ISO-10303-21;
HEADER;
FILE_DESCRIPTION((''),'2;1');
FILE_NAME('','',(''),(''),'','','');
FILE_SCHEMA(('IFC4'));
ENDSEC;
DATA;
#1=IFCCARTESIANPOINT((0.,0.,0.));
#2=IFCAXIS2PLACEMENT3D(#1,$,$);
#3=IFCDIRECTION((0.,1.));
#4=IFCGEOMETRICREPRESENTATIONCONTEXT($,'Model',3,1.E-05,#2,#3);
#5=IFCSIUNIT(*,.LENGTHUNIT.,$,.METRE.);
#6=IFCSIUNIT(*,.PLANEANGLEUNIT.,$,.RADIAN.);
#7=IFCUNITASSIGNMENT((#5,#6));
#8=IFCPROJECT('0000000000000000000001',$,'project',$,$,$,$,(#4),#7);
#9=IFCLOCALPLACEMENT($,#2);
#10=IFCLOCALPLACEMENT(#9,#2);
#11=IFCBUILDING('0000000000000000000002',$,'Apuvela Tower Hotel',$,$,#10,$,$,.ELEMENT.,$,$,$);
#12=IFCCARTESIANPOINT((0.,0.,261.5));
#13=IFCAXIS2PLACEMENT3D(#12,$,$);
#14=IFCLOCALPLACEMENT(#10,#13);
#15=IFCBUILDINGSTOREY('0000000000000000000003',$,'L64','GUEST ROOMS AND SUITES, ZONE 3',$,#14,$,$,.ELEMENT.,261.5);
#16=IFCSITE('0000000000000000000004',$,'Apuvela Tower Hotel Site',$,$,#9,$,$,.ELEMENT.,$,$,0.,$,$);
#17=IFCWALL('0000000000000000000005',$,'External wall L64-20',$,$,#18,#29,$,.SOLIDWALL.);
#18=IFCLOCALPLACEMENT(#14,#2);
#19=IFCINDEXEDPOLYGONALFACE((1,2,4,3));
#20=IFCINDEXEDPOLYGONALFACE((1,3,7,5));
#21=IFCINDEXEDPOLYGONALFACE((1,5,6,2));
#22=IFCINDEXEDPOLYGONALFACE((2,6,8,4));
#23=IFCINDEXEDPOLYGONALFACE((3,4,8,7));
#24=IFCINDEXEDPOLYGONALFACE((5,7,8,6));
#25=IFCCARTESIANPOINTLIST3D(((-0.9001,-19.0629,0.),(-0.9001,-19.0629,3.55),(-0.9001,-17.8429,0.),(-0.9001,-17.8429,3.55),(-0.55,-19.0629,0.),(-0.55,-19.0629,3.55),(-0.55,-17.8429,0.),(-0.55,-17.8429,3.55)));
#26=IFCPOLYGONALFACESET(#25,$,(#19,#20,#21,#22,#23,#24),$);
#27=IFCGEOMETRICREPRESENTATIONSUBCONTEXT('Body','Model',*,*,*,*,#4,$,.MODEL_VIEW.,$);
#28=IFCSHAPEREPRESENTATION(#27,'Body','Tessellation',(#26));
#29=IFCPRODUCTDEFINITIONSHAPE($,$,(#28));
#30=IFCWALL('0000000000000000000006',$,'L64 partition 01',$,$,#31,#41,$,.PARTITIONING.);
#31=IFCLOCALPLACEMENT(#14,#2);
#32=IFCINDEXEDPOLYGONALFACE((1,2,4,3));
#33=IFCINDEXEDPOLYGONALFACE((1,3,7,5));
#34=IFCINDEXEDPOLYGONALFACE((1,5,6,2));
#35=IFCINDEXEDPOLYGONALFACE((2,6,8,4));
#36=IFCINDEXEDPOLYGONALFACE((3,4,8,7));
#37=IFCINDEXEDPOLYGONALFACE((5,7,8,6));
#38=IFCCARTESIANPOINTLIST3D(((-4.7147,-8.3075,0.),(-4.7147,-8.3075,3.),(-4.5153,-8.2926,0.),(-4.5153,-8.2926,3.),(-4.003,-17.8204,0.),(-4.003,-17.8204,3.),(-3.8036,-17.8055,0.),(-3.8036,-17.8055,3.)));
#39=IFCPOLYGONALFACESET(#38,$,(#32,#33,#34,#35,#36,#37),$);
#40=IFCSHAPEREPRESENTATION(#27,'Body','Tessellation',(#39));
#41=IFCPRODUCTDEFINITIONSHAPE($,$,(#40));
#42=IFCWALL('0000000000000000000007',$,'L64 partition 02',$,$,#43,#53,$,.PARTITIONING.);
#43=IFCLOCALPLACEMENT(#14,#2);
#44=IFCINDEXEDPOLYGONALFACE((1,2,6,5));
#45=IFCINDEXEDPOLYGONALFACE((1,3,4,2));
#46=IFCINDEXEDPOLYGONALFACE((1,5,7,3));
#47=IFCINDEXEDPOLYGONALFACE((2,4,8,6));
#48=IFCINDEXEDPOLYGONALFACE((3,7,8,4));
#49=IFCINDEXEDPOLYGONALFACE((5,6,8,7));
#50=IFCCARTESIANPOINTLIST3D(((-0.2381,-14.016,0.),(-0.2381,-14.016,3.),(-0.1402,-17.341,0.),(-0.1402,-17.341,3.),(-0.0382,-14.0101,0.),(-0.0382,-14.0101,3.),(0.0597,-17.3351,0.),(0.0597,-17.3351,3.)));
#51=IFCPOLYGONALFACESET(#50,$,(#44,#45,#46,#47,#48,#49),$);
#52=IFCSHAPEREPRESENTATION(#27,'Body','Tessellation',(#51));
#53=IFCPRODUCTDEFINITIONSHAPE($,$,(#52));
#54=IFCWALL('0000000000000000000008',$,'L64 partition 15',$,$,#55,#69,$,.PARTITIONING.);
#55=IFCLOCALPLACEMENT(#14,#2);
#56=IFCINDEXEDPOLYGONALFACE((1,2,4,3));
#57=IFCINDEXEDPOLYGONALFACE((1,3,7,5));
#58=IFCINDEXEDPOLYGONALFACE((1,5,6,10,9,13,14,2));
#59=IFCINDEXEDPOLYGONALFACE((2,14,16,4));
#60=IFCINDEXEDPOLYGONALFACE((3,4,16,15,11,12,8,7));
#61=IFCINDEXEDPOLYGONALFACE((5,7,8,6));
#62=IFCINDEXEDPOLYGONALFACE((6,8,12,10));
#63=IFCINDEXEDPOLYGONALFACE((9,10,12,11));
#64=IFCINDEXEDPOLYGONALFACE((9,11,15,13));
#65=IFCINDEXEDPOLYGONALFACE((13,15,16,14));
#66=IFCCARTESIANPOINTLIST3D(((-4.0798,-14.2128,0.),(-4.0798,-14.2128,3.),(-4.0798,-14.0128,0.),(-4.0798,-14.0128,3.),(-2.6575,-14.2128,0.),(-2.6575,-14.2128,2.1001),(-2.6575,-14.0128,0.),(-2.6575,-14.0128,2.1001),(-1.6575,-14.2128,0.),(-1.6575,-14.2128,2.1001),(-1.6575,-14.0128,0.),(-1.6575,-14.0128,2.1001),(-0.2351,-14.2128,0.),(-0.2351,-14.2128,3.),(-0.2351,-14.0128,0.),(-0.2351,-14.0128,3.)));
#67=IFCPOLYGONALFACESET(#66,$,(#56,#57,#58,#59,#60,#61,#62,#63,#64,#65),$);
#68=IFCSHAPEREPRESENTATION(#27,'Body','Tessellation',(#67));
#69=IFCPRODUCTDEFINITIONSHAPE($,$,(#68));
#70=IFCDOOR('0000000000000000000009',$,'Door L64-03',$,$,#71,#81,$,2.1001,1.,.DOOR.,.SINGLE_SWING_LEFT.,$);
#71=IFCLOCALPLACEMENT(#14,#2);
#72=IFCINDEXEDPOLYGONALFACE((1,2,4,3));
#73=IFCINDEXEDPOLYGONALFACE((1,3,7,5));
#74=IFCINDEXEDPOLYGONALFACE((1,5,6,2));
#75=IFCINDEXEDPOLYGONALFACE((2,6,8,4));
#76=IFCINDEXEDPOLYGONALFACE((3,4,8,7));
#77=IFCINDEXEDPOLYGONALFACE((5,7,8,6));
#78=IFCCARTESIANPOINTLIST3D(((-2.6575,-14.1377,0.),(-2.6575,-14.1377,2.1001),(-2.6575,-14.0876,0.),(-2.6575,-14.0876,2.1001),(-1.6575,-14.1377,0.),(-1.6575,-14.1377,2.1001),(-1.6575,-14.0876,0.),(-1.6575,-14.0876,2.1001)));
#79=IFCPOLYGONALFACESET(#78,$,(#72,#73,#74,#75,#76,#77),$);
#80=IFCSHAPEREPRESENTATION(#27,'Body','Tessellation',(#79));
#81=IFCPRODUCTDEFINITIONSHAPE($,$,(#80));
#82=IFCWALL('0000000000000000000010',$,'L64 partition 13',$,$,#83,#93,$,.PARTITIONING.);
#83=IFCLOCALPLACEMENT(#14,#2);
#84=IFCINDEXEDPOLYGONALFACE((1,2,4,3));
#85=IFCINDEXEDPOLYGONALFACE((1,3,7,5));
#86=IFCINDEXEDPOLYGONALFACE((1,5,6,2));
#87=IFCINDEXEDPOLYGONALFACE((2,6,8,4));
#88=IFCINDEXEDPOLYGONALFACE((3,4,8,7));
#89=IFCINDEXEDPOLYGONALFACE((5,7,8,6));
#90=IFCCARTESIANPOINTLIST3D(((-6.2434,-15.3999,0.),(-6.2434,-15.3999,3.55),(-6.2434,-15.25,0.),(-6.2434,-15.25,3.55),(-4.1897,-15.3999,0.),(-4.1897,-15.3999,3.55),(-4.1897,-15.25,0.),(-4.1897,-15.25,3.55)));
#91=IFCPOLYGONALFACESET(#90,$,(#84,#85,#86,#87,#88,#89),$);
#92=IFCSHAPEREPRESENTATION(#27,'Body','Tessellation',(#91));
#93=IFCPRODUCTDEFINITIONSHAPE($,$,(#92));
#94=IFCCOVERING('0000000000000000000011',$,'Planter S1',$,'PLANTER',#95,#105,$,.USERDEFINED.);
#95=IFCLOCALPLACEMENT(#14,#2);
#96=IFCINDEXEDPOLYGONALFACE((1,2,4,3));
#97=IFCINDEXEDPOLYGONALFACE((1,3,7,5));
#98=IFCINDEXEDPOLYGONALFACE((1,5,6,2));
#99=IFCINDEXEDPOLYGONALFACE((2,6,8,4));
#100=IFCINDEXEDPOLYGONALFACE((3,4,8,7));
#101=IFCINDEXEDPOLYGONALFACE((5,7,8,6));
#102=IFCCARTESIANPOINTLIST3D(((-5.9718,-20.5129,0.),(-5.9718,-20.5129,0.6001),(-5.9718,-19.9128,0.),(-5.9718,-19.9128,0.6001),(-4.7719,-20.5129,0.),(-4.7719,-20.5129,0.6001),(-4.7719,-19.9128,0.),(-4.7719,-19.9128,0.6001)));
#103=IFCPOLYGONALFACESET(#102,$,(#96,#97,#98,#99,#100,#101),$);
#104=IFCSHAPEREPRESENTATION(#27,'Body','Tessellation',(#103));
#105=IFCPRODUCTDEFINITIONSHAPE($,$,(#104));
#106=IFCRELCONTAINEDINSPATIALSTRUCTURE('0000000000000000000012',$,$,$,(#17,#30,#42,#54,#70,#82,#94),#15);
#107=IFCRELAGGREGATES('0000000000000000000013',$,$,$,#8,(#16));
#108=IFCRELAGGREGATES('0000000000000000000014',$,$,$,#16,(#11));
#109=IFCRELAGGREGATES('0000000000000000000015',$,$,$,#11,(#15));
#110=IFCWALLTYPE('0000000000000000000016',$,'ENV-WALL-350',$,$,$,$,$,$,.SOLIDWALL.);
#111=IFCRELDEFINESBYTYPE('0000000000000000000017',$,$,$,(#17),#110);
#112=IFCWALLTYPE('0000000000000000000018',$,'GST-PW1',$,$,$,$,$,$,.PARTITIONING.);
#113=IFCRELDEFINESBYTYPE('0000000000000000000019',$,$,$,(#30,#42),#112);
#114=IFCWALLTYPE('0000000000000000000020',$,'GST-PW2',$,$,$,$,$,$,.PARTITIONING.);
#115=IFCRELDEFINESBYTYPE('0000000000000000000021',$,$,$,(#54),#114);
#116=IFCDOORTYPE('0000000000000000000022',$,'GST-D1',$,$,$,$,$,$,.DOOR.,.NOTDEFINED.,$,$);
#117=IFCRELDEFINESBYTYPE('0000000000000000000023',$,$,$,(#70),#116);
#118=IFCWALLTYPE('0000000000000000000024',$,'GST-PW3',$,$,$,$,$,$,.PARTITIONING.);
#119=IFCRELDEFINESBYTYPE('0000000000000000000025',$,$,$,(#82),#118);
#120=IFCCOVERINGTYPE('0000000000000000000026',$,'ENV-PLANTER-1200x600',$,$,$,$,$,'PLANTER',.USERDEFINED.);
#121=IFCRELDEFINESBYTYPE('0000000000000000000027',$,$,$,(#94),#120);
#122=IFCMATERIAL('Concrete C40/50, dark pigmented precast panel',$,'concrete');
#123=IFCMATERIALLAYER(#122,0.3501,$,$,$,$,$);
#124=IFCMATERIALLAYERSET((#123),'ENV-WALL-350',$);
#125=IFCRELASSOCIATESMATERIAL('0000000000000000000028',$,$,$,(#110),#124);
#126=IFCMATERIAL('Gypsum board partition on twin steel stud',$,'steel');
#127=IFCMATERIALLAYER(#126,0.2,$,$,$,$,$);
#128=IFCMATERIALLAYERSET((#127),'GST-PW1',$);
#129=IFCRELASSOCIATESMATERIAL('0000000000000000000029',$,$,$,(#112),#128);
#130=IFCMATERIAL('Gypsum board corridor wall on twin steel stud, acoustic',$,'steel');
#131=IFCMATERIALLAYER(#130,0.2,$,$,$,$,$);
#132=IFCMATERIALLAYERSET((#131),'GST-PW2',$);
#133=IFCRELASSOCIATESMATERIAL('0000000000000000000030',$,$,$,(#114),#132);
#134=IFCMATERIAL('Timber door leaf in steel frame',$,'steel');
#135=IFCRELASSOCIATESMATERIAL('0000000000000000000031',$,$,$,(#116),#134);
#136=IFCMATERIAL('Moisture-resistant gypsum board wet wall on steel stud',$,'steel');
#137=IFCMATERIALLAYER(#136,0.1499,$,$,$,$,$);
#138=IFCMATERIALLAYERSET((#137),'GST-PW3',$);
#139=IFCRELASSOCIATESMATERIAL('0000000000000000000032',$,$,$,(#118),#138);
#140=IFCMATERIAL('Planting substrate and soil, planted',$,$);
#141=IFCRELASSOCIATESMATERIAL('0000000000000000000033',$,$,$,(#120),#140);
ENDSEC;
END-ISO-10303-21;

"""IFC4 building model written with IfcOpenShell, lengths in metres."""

from ifc_helpers import new_model, si_unit, direction, frame, frame_2d, origin, origin_2d, place, context, subcontext, project, spatial, rectangle, extrude, material, layer, layer_set, type_object, element, fill, save


model = new_model("IFC4")

# Units and contexts
model_context = context("Model", 3, precision=1e-05, world=origin(), true_north=direction((0.0, 1.0)))
body_context = subcontext(model_context, "Body", "Model", "MODEL_VIEW")
ifc_project = project(units=[si_unit("LENGTHUNIT", "METRE"), si_unit("PLANEANGLEUNIT", "RADIAN")], contexts=[model_context])

# Site, building, storey
site_placement = place(None, origin())
site = spatial("IfcSite", under=ifc_project, at=site_placement, Name="Apuvela Tower Hotel Site", CompositionType="ELEMENT", RefElevation=0.0)
building_placement = place(site_placement, origin())
building = spatial("IfcBuilding", under=site, at=building_placement, Name="Apuvela Tower Hotel", CompositionType="ELEMENT")
storey_placement = place(building_placement, frame((0.0, 0.0, 261.5)))
storey = spatial("IfcBuildingStorey", under=building, at=storey_placement, Name="L64", Description="GUEST ROOMS AND SUITES, ZONE 3", CompositionType="ELEMENT", Elevation=261.5)

# Shared definitions
ifc_material_1 = material(Name="Concrete C40/50, dark pigmented precast panel", Category="concrete")
ifc_layer_1 = layer(ifc_material_1, 0.3501)
ifc_layer_set_1 = layer_set([ifc_layer_1], Name="ENV-WALL-350")
wall_type_1 = type_object("IfcWallType", Name="ENV-WALL-350", PredefinedType="SOLIDWALL", material=ifc_layer_set_1)

# Wall
wall_1_placement = place(storey_placement, frame((-0.7251, -17.843, 0.0), z_axis=(0.0, 0.0, 1.0), x_axis=(0.0, -1.0, 0.0)))
element("IfcWall", 1, at=wall_1_placement, inside=storey, type_object=wall_type_1, Name="External wall L64-20", PredefinedType="SOLIDWALL", context=body_context, shape_type="SweptSolid", body=[
    extrude(rectangle(XDim=1.22, YDim=0.3501, at=frame_2d((0.6099, 0.0))), origin(), (0.0, 0.0, 1.0), 3.55),
])

# Walls
ifc_material_2 = material(Name="Gypsum board partition on twin steel stud", Category="steel")
ifc_layer_2 = layer(ifc_material_2, 0.2)
ifc_layer_set_2 = layer_set([ifc_layer_2], Name="GST-PW1")
wall_type_2 = type_object("IfcWallType", Name="GST-PW1", PredefinedType="PARTITIONING", material=ifc_layer_set_2)
wall_2_placement = place(storey_placement, frame((-3.9033, -17.813, 0.0), z_axis=(0.0, 0.0, 1.0), x_axis=(-0.074602, 0.997213, 0.0)))
element("IfcWall", 2, at=wall_2_placement, inside=storey, type_object=wall_type_2, Name="L64 partition 01", PredefinedType="PARTITIONING", context=body_context, shape_type="SweptSolid", body=[
    extrude(rectangle(XDim=9.5396, YDim=0.2, at=frame_2d((4.7698, 0.0))), origin(), (0.0, 0.0, 1.0), 3.0),
])
wall_3_placement = place(storey_placement, frame((-0.0403, -17.3379, 0.0), z_axis=(0.0, 0.0, 1.0), x_axis=(-0.029431, 0.999567, 0.0)))
element("IfcWall", 3, at=wall_3_placement, inside=storey, type_object=wall_type_2, Name="L64 partition 02", PredefinedType="PARTITIONING", context=body_context, shape_type="SweptSolid", body=[
    extrude(rectangle(XDim=3.3264, YDim=0.2, at=frame_2d((1.6631, 0.0))), origin(), (0.0, 0.0, 1.0), 3.0),
])

# Wall, opening, door
ifc_material_3 = material(Name="Gypsum board corridor wall on twin steel stud, acoustic", Category="steel")
ifc_layer_3 = layer(ifc_material_3, 0.2)
ifc_layer_set_3 = layer_set([ifc_layer_3], Name="GST-PW2")
wall_type_3 = type_object("IfcWallType", Name="GST-PW2", PredefinedType="PARTITIONING", material=ifc_layer_set_3)
wall_4_placement = place(storey_placement, frame((-0.2351, -14.1128, 0.0), z_axis=(0.0, 0.0, 1.0), x_axis=(-1.0, 0.0, 0.0)))
wall_4 = element("IfcWall", 4, at=wall_4_placement, inside=storey, type_object=wall_type_3, Name="L64 partition 15", PredefinedType="PARTITIONING", context=body_context, shape_type="SweptSolid", body=[
    extrude(rectangle(XDim=3.8447, YDim=0.2, at=frame_2d((1.9224, 0.0))), origin(), (0.0, 0.0, 1.0), 3.0),
])
opening_1_placement = place(wall_4_placement, frame((1.4224, 0.0, 0.0)))
opening_1 = element("IfcOpeningElement", 5, at=opening_1_placement, cuts=wall_4, PredefinedType="OPENING", context=body_context, shape_type="SweptSolid", body=[
    extrude(rectangle(XDim=1.0, YDim=2.1001, at=frame_2d((0.5, 1.05))), frame((0.0, 0.1099, 0.0), z_axis=(0.0, -1.0, 0.0), x_axis=(1.0, 0.0, 0.0)), (0.0, 0.0, 1.0), 0.22),
])
ifc_material_4 = material(Name="Timber door leaf in steel frame", Category="steel")
door_type_1 = type_object("IfcDoorType", Name="GST-D1", OperationType="NOTDEFINED", PredefinedType="DOOR", material=ifc_material_4)
door_1_placement = place(opening_1_placement, origin())
door_1 = element("IfcDoor", 6, at=door_1_placement, inside=storey, type_object=door_type_1, Name="Door L64-03", OperationType="SINGLE_SWING_LEFT", OverallHeight=2.1001, OverallWidth=1.0, PredefinedType="DOOR", context=body_context, shape_type="SweptSolid", body=[
    extrude(rectangle(XDim=1.0, YDim=2.1001, at=frame_2d((0.5, 1.05))), frame((0.0, 0.0249, 0.0), z_axis=(0.0, -1.0, 0.0), x_axis=(1.0, 0.0, 0.0)), (0.0, 0.0, 1.0), 0.05),
])
fill(opening_1, door_1)

# Wall
ifc_material_5 = material(Name="Moisture-resistant gypsum board wet wall on steel stud", Category="steel")
ifc_layer_4 = layer(ifc_material_5, 0.1499)
ifc_layer_set_4 = layer_set([ifc_layer_4], Name="GST-PW3")
wall_type_4 = type_object("IfcWallType", Name="GST-PW3", PredefinedType="PARTITIONING", material=ifc_layer_set_4)
wall_5_placement = place(storey_placement, frame((-6.2434, -15.325, 0.0), z_axis=(0.0, 0.0, 1.0), x_axis=(1.0, 0.0, 0.0)))
element("IfcWall", 7, at=wall_5_placement, inside=storey, type_object=wall_type_4, Name="L64 partition 13", PredefinedType="PARTITIONING", context=body_context, shape_type="SweptSolid", body=[
    extrude(rectangle(XDim=2.0537, YDim=0.1499, at=frame_2d((1.0269, 0.0))), origin(), (0.0, 0.0, 1.0), 3.55),
])

# Covering
ifc_material_6 = material(Name="Planting substrate and soil, planted")
covering_type = type_object("IfcCoveringType", Name="ENV-PLANTER-1200x600", ElementType="PLANTER", PredefinedType="USERDEFINED", material=ifc_material_6)
covering_placement = place(storey_placement, frame((-5.3718, -20.2129, 0.0), z_axis=(0.0, 0.0, 1.0), x_axis=(1.0, 0.0, 0.0)))
element("IfcCovering", 8, at=covering_placement, inside=storey, type_object=covering_type, Name="Planter S1", ObjectType="PLANTER", PredefinedType="USERDEFINED", context=body_context, shape_type="SweptSolid", body=[
    extrude(rectangle(XDim=1.2, YDim=0.6001, at=origin_2d()), origin(), (0.0, 0.0, 1.0), 0.6001),
])

save(model, "model.ifc")
